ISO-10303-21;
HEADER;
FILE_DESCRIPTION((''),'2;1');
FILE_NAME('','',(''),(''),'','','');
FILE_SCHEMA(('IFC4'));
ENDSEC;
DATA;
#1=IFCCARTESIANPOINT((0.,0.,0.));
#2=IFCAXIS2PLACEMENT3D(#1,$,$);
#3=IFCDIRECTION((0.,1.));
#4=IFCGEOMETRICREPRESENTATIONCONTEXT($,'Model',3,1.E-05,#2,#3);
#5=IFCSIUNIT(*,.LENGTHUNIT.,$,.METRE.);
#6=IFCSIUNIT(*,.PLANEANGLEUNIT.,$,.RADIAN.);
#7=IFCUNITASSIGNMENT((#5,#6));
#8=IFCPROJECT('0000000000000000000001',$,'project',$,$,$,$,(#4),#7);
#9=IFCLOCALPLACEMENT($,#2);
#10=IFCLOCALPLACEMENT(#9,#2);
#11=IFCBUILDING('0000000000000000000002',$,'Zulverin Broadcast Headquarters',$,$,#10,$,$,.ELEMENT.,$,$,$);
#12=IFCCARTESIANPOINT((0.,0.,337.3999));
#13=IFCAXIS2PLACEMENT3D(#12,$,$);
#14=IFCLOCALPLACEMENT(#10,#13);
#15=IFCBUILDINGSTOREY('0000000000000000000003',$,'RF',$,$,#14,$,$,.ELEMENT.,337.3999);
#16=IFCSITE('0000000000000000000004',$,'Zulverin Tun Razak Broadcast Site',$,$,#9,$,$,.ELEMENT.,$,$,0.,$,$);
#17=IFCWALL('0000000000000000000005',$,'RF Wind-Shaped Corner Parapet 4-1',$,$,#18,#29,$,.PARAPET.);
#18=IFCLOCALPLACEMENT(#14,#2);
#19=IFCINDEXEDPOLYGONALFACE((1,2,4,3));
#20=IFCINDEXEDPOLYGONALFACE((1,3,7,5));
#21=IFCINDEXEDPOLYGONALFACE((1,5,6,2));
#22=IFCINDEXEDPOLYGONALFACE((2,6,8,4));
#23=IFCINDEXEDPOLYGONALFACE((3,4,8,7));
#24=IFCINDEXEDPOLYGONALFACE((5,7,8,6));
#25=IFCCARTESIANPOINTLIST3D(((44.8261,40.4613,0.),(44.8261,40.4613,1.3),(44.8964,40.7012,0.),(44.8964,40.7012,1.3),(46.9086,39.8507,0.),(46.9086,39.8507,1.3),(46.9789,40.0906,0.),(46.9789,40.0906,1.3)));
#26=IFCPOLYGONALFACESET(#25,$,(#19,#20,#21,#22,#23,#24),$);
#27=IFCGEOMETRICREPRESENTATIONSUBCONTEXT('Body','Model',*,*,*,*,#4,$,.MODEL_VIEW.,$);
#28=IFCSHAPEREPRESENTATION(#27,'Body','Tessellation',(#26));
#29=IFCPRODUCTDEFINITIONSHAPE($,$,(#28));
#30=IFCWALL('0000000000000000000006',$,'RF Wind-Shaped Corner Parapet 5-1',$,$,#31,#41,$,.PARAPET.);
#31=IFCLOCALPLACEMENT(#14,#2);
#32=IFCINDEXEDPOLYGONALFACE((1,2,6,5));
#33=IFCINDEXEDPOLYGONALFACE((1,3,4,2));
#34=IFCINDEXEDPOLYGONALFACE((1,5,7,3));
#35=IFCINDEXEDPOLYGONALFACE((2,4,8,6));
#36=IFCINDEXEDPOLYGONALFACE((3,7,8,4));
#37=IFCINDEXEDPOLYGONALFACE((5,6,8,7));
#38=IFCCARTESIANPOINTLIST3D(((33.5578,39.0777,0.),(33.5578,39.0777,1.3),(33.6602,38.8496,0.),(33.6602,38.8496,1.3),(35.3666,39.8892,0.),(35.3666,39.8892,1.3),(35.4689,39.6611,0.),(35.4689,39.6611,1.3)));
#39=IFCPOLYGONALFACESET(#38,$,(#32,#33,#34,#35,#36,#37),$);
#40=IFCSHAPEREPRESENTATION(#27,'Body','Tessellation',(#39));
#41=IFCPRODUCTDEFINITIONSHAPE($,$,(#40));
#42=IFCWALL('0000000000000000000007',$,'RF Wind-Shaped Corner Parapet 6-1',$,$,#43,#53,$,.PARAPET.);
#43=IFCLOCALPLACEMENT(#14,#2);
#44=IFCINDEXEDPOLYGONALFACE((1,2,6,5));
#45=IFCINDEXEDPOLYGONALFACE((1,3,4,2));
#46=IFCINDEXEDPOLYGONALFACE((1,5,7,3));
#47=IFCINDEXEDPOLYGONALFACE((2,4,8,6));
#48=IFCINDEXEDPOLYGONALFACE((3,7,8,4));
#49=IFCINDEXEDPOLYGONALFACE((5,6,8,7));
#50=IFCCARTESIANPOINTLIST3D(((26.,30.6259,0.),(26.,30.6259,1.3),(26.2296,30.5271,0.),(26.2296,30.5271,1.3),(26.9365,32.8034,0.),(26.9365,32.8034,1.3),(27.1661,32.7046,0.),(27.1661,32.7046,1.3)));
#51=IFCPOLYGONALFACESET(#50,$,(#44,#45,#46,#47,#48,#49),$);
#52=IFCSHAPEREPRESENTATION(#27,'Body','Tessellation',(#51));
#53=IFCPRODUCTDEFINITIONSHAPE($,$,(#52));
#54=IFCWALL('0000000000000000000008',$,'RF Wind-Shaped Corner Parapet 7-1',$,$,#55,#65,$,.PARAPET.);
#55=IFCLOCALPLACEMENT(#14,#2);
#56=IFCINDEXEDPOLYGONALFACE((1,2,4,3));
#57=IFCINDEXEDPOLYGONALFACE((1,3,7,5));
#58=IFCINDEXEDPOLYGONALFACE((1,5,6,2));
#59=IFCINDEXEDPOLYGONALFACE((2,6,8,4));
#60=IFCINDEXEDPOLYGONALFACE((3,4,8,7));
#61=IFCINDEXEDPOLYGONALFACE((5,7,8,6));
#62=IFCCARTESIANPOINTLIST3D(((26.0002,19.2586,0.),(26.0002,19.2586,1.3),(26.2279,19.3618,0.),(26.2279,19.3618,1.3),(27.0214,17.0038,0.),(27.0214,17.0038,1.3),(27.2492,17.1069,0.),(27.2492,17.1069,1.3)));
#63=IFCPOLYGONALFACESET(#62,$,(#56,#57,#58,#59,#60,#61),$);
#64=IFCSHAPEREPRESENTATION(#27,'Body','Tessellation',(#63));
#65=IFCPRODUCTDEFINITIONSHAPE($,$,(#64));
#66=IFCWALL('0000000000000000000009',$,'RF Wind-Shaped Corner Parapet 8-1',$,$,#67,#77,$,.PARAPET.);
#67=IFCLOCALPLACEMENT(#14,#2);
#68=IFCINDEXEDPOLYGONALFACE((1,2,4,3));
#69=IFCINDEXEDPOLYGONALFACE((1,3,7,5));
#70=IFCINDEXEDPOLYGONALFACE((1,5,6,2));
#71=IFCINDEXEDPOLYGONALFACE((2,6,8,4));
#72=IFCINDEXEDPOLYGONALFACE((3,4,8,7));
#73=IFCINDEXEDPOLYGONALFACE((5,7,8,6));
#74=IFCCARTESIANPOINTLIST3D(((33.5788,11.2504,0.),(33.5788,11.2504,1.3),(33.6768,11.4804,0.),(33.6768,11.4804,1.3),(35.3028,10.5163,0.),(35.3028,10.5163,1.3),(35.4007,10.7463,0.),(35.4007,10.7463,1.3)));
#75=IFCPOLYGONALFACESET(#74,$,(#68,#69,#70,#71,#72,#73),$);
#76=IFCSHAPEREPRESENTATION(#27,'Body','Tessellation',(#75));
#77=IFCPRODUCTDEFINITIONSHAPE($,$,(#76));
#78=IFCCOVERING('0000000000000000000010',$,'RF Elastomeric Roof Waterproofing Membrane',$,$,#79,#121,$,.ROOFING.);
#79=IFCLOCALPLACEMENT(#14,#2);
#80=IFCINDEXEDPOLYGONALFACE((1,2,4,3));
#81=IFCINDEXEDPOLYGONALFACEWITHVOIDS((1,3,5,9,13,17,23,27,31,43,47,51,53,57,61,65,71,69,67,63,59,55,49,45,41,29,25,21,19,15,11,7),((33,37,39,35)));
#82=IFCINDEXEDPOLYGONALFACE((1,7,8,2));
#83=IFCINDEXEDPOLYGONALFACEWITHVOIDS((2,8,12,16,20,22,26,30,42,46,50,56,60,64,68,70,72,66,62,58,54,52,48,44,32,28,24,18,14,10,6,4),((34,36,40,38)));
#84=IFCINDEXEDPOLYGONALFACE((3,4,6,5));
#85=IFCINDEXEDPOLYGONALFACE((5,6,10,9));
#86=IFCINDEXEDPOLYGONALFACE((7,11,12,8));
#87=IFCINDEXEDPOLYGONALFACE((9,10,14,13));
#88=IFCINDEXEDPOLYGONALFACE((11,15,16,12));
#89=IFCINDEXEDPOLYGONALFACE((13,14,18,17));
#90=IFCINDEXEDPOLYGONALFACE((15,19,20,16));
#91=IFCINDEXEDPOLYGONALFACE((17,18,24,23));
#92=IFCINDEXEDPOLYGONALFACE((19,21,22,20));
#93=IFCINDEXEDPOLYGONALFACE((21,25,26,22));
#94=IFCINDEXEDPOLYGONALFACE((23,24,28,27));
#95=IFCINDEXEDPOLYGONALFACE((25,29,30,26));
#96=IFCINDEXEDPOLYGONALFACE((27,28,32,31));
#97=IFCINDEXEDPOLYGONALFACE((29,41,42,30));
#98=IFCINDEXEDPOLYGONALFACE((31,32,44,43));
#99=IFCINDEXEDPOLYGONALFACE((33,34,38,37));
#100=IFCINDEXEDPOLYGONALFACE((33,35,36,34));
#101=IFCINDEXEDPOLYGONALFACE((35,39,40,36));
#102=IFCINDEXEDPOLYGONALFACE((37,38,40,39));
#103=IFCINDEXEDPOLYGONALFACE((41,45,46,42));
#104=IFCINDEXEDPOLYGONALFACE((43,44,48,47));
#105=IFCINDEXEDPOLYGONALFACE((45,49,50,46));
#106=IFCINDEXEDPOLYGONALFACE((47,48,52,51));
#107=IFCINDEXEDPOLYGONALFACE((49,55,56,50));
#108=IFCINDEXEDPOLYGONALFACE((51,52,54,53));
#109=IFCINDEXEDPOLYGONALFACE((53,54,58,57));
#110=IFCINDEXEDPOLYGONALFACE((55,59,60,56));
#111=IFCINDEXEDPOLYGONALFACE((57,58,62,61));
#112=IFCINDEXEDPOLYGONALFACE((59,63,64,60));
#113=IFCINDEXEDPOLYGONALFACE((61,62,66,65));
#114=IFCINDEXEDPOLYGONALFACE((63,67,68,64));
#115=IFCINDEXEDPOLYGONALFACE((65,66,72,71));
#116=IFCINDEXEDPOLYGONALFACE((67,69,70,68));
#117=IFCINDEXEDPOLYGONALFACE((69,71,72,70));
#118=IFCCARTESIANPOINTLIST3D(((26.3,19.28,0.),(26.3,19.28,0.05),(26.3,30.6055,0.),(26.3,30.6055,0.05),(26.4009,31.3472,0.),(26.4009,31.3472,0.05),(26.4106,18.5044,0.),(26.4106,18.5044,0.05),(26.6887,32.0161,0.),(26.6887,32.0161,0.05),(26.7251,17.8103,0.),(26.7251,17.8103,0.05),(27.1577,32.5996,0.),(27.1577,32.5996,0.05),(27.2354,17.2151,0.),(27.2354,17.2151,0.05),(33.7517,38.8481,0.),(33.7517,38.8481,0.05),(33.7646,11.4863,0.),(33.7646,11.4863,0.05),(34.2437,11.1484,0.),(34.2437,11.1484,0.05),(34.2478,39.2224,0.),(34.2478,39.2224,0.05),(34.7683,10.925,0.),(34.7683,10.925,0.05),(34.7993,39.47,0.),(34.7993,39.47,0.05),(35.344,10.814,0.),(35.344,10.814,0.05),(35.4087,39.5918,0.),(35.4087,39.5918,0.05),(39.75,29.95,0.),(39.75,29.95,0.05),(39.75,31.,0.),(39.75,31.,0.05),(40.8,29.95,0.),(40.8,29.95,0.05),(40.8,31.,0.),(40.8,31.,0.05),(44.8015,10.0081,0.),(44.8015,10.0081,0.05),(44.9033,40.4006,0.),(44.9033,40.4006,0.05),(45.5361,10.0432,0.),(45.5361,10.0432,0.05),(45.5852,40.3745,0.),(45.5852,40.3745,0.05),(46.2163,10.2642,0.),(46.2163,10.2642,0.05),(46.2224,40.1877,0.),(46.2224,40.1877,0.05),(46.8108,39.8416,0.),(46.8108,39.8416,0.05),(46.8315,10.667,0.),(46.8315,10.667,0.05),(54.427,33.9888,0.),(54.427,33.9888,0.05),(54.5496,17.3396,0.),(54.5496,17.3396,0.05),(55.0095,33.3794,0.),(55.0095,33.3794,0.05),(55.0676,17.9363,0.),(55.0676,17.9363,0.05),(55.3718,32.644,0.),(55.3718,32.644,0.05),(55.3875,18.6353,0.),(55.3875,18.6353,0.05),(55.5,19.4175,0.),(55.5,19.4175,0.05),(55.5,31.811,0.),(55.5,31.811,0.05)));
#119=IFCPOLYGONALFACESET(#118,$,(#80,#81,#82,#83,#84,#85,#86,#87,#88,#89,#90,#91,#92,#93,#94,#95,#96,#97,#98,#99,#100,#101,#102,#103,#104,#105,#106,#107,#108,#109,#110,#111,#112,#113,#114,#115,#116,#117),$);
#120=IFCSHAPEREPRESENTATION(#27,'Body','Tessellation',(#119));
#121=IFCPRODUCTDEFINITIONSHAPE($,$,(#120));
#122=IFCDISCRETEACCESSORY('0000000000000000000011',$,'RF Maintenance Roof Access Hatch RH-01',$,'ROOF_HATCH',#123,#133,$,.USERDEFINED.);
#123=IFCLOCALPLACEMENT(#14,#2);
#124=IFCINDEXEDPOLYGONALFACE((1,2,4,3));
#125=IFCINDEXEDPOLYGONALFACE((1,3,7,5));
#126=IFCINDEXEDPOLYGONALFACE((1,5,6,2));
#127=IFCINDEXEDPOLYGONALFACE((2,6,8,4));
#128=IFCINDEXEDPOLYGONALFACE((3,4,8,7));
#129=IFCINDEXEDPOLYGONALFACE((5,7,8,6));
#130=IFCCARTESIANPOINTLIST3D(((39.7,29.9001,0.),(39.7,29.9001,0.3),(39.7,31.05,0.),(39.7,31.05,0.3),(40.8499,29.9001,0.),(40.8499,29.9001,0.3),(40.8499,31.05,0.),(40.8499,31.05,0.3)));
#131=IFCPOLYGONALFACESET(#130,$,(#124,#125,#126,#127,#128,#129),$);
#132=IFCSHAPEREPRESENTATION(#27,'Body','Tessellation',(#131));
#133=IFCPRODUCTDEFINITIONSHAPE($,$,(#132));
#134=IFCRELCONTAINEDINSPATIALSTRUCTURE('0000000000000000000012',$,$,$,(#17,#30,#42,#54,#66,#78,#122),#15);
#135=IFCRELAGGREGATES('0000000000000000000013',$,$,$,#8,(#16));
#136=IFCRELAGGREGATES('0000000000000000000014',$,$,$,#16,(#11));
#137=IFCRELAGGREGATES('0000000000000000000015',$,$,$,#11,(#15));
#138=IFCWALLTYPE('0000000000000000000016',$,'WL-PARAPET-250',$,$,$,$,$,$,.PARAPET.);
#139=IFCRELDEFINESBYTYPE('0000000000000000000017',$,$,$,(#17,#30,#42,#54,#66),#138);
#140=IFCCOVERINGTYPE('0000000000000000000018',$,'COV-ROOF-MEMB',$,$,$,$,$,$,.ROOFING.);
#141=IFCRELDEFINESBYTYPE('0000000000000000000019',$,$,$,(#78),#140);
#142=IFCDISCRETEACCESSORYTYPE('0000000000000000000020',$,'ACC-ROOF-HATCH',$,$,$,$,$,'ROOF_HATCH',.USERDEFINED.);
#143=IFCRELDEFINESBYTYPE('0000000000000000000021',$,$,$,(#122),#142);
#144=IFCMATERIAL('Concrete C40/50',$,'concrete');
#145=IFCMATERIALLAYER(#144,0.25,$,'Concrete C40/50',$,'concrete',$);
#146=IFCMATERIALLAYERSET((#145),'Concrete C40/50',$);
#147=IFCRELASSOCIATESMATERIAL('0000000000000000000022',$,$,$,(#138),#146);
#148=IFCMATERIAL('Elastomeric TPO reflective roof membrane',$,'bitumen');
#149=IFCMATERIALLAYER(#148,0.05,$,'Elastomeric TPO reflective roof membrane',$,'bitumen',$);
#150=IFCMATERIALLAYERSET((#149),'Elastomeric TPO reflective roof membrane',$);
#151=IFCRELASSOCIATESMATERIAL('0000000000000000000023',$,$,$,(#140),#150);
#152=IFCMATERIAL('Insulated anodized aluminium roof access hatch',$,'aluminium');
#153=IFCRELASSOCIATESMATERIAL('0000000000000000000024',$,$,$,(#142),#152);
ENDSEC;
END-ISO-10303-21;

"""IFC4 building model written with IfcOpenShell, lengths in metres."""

from ifc_helpers import new_model, si_unit, direction, frame, frame_2d, origin, origin_2d, place, context, subcontext, project, spatial, polyline, rectangle, outline, extrude, material, layer, layer_set, type_object, element, save


model = new_model("IFC4")

# Units and contexts
model_context = context("Model", 3, precision=1e-05, world=origin(), true_north=direction((0.0, 1.0)))
body_context = subcontext(model_context, "Body", "Model", "MODEL_VIEW")
ifc_project = project(units=[si_unit("LENGTHUNIT", "METRE"), si_unit("PLANEANGLEUNIT", "RADIAN")], contexts=[model_context])

# Site, building, storey
site_placement = place(None, origin())
site = spatial("IfcSite", under=ifc_project, at=site_placement, Name="Zulverin Tun Razak Broadcast Site", CompositionType="ELEMENT", RefElevation=0.0)
building_placement = place(site_placement, origin())
building = spatial("IfcBuilding", under=site, at=building_placement, Name="Zulverin Broadcast Headquarters", CompositionType="ELEMENT")
storey_placement = place(building_placement, frame((0.0, 0.0, 337.3999)))
storey = spatial("IfcBuildingStorey", under=building, at=storey_placement, Name="RF", CompositionType="ELEMENT", Elevation=337.3999)

# Shared definitions
ifc_material_1 = material(Name="Concrete C40/50", Category="concrete")

# Walls
ifc_layer_1 = layer(ifc_material_1, 0.25, Name="Concrete C40/50", Category="concrete")
ifc_layer_set_1 = layer_set([ifc_layer_1], Name="Concrete C40/50")
wall_type = type_object("IfcWallType", Name="WL-PARAPET-250", PredefinedType="PARAPET", material=ifc_layer_set_1)
wall_1_placement = place(storey_placement, frame((46.9436, 39.9707, 0.0), z_axis=(0.0, 0.0, 1.0), x_axis=(-0.959603, 0.281356, 0.0)))
element("IfcWall", 1, at=wall_1_placement, inside=storey, type_object=wall_type, Name="RF Wind-Shaped Corner Parapet 4-1", PredefinedType="PARAPET", context=body_context, shape_type="SweptSolid", body=[
    extrude(rectangle(XDim=2.1702, YDim=0.25, at=frame_2d((1.085, 0.0))), origin(), (0.0, 0.0, 1.0), 1.3),
])
wall_2_placement = place(storey_placement, frame((35.4177, 39.7751, 0.0), z_axis=(0.0, 0.0, 1.0), x_axis=(-0.912384, -0.409335, 0.0)))
element("IfcWall", 2, at=wall_2_placement, inside=storey, type_object=wall_type, Name="RF Wind-Shaped Corner Parapet 5-1", PredefinedType="PARAPET", context=body_context, shape_type="SweptSolid", body=[
    extrude(rectangle(XDim=1.9824, YDim=0.25, at=frame_2d((0.9912, 0.0))), origin(), (0.0, 0.0, 1.0), 1.3),
])
wall_3_placement = place(storey_placement, frame((27.0513, 32.7539, 0.0), z_axis=(0.0, 0.0, 1.0), x_axis=(-0.3951, -0.918638, 0.0)))
element("IfcWall", 3, at=wall_3_placement, inside=storey, type_object=wall_type, Name="RF Wind-Shaped Corner Parapet 6-1", PredefinedType="PARAPET", context=body_context, shape_type="SweptSolid", body=[
    extrude(rectangle(XDim=2.3704, YDim=0.25, at=frame_2d((1.1851, 0.0))), origin(), (0.0, 0.0, 1.0), 1.3),
])
wall_4_placement = place(storey_placement, frame((26.114, 19.3103, 0.0), z_axis=(0.0, 0.0, 1.0), x_axis=(0.412562, -0.91093, 0.0)))
element("IfcWall", 4, at=wall_4_placement, inside=storey, type_object=wall_type, Name="RF Wind-Shaped Corner Parapet 7-1", PredefinedType="PARAPET", context=body_context, shape_type="SweptSolid", body=[
    extrude(rectangle(XDim=2.4753, YDim=0.25, at=frame_2d((1.2378, 0.0))), origin(), (0.0, 0.0, 1.0), 1.3),
])
wall_5_placement = place(storey_placement, frame((33.6277, 11.3655, 0.0), z_axis=(0.0, 0.0, 1.0), x_axis=(0.920046, -0.391811, 0.0)))
element("IfcWall", 5, at=wall_5_placement, inside=storey, type_object=wall_type, Name="RF Wind-Shaped Corner Parapet 8-1", PredefinedType="PARAPET", context=body_context, shape_type="SweptSolid", body=[
    extrude(rectangle(XDim=1.8738, YDim=0.25, at=frame_2d((0.937, 0.0))), origin(), (0.0, 0.0, 1.0), 1.3),
])

# Covering
ifc_material_2 = material(Name="Elastomeric TPO reflective roof membrane", Category="bitumen")
ifc_layer_2 = layer(ifc_material_2, 0.05, Name="Elastomeric TPO reflective roof membrane", Category="bitumen")
ifc_layer_set_2 = layer_set([ifc_layer_2], Name="Elastomeric TPO reflective roof membrane")
covering_type = type_object("IfcCoveringType", Name="COV-ROOF-MEMB", PredefinedType="ROOFING", material=ifc_layer_set_2)
covering_placement = place(storey_placement, origin())
element("IfcCovering", 6, at=covering_placement, inside=storey, type_object=covering_type, Name="RF Elastomeric Roof Waterproofing Membrane", PredefinedType="ROOFING", context=body_context, shape_type="SweptSolid", body=[
    extrude(outline(polyline([(27.2354, 17.2151), (26.7251, 17.8103), (26.4106, 18.5044), (26.3, 19.28), (26.3, 30.6055), (26.4009, 31.3472), (26.6887, 32.0161), (27.1577, 32.5996), (33.7517, 38.8481), (34.2478, 39.2224), (34.7993, 39.47), (35.4087, 39.5918), (44.9033, 40.4006), (45.5852, 40.3745), (46.2224, 40.1877), (46.8108, 39.8416), (54.427, 33.9888), (55.0095, 33.3794), (55.3718, 32.644), (55.5, 31.811), (55.5, 19.4175), (55.3875, 18.6353), (55.0676, 17.9363), (54.5496, 17.3396), (46.8315, 10.667), (46.2163, 10.2642), (45.5361, 10.0432), (44.8015, 10.0081), (35.344, 10.814), (34.7683, 10.925), (34.2437, 11.1484), (33.7646, 11.4863), (27.2354, 17.2151)]), holes=[polyline([(40.8, 31.0), (39.75, 31.0), (39.75, 29.95), (40.8, 29.95), (40.8, 31.0)])]), origin(), (0.0, 0.0, 1.0), 0.05),
])

# Discrete accessory
ifc_material_3 = material(Name="Insulated anodized aluminium roof access hatch", Category="aluminium")
discrete_accessory_type = type_object("IfcDiscreteAccessoryType", Name="ACC-ROOF-HATCH", ElementType="ROOF_HATCH", PredefinedType="USERDEFINED", material=ifc_material_3)
discrete_accessory_placement = place(storey_placement, frame((40.2749, 30.4751, 0.0), z_axis=(0.0, 0.0, 1.0), x_axis=(1.0, 0.0, 0.0)))
element("IfcDiscreteAccessory", 7, at=discrete_accessory_placement, inside=storey, type_object=discrete_accessory_type, Name="RF Maintenance Roof Access Hatch RH-01", ObjectType="ROOF_HATCH", PredefinedType="USERDEFINED", context=body_context, shape_type="SweptSolid", body=[
    extrude(rectangle(XDim=1.1499, YDim=1.1499, at=origin_2d()), origin(), (0.0, 0.0, 1.0), 0.3),
])

save(model, "model.ifc")
